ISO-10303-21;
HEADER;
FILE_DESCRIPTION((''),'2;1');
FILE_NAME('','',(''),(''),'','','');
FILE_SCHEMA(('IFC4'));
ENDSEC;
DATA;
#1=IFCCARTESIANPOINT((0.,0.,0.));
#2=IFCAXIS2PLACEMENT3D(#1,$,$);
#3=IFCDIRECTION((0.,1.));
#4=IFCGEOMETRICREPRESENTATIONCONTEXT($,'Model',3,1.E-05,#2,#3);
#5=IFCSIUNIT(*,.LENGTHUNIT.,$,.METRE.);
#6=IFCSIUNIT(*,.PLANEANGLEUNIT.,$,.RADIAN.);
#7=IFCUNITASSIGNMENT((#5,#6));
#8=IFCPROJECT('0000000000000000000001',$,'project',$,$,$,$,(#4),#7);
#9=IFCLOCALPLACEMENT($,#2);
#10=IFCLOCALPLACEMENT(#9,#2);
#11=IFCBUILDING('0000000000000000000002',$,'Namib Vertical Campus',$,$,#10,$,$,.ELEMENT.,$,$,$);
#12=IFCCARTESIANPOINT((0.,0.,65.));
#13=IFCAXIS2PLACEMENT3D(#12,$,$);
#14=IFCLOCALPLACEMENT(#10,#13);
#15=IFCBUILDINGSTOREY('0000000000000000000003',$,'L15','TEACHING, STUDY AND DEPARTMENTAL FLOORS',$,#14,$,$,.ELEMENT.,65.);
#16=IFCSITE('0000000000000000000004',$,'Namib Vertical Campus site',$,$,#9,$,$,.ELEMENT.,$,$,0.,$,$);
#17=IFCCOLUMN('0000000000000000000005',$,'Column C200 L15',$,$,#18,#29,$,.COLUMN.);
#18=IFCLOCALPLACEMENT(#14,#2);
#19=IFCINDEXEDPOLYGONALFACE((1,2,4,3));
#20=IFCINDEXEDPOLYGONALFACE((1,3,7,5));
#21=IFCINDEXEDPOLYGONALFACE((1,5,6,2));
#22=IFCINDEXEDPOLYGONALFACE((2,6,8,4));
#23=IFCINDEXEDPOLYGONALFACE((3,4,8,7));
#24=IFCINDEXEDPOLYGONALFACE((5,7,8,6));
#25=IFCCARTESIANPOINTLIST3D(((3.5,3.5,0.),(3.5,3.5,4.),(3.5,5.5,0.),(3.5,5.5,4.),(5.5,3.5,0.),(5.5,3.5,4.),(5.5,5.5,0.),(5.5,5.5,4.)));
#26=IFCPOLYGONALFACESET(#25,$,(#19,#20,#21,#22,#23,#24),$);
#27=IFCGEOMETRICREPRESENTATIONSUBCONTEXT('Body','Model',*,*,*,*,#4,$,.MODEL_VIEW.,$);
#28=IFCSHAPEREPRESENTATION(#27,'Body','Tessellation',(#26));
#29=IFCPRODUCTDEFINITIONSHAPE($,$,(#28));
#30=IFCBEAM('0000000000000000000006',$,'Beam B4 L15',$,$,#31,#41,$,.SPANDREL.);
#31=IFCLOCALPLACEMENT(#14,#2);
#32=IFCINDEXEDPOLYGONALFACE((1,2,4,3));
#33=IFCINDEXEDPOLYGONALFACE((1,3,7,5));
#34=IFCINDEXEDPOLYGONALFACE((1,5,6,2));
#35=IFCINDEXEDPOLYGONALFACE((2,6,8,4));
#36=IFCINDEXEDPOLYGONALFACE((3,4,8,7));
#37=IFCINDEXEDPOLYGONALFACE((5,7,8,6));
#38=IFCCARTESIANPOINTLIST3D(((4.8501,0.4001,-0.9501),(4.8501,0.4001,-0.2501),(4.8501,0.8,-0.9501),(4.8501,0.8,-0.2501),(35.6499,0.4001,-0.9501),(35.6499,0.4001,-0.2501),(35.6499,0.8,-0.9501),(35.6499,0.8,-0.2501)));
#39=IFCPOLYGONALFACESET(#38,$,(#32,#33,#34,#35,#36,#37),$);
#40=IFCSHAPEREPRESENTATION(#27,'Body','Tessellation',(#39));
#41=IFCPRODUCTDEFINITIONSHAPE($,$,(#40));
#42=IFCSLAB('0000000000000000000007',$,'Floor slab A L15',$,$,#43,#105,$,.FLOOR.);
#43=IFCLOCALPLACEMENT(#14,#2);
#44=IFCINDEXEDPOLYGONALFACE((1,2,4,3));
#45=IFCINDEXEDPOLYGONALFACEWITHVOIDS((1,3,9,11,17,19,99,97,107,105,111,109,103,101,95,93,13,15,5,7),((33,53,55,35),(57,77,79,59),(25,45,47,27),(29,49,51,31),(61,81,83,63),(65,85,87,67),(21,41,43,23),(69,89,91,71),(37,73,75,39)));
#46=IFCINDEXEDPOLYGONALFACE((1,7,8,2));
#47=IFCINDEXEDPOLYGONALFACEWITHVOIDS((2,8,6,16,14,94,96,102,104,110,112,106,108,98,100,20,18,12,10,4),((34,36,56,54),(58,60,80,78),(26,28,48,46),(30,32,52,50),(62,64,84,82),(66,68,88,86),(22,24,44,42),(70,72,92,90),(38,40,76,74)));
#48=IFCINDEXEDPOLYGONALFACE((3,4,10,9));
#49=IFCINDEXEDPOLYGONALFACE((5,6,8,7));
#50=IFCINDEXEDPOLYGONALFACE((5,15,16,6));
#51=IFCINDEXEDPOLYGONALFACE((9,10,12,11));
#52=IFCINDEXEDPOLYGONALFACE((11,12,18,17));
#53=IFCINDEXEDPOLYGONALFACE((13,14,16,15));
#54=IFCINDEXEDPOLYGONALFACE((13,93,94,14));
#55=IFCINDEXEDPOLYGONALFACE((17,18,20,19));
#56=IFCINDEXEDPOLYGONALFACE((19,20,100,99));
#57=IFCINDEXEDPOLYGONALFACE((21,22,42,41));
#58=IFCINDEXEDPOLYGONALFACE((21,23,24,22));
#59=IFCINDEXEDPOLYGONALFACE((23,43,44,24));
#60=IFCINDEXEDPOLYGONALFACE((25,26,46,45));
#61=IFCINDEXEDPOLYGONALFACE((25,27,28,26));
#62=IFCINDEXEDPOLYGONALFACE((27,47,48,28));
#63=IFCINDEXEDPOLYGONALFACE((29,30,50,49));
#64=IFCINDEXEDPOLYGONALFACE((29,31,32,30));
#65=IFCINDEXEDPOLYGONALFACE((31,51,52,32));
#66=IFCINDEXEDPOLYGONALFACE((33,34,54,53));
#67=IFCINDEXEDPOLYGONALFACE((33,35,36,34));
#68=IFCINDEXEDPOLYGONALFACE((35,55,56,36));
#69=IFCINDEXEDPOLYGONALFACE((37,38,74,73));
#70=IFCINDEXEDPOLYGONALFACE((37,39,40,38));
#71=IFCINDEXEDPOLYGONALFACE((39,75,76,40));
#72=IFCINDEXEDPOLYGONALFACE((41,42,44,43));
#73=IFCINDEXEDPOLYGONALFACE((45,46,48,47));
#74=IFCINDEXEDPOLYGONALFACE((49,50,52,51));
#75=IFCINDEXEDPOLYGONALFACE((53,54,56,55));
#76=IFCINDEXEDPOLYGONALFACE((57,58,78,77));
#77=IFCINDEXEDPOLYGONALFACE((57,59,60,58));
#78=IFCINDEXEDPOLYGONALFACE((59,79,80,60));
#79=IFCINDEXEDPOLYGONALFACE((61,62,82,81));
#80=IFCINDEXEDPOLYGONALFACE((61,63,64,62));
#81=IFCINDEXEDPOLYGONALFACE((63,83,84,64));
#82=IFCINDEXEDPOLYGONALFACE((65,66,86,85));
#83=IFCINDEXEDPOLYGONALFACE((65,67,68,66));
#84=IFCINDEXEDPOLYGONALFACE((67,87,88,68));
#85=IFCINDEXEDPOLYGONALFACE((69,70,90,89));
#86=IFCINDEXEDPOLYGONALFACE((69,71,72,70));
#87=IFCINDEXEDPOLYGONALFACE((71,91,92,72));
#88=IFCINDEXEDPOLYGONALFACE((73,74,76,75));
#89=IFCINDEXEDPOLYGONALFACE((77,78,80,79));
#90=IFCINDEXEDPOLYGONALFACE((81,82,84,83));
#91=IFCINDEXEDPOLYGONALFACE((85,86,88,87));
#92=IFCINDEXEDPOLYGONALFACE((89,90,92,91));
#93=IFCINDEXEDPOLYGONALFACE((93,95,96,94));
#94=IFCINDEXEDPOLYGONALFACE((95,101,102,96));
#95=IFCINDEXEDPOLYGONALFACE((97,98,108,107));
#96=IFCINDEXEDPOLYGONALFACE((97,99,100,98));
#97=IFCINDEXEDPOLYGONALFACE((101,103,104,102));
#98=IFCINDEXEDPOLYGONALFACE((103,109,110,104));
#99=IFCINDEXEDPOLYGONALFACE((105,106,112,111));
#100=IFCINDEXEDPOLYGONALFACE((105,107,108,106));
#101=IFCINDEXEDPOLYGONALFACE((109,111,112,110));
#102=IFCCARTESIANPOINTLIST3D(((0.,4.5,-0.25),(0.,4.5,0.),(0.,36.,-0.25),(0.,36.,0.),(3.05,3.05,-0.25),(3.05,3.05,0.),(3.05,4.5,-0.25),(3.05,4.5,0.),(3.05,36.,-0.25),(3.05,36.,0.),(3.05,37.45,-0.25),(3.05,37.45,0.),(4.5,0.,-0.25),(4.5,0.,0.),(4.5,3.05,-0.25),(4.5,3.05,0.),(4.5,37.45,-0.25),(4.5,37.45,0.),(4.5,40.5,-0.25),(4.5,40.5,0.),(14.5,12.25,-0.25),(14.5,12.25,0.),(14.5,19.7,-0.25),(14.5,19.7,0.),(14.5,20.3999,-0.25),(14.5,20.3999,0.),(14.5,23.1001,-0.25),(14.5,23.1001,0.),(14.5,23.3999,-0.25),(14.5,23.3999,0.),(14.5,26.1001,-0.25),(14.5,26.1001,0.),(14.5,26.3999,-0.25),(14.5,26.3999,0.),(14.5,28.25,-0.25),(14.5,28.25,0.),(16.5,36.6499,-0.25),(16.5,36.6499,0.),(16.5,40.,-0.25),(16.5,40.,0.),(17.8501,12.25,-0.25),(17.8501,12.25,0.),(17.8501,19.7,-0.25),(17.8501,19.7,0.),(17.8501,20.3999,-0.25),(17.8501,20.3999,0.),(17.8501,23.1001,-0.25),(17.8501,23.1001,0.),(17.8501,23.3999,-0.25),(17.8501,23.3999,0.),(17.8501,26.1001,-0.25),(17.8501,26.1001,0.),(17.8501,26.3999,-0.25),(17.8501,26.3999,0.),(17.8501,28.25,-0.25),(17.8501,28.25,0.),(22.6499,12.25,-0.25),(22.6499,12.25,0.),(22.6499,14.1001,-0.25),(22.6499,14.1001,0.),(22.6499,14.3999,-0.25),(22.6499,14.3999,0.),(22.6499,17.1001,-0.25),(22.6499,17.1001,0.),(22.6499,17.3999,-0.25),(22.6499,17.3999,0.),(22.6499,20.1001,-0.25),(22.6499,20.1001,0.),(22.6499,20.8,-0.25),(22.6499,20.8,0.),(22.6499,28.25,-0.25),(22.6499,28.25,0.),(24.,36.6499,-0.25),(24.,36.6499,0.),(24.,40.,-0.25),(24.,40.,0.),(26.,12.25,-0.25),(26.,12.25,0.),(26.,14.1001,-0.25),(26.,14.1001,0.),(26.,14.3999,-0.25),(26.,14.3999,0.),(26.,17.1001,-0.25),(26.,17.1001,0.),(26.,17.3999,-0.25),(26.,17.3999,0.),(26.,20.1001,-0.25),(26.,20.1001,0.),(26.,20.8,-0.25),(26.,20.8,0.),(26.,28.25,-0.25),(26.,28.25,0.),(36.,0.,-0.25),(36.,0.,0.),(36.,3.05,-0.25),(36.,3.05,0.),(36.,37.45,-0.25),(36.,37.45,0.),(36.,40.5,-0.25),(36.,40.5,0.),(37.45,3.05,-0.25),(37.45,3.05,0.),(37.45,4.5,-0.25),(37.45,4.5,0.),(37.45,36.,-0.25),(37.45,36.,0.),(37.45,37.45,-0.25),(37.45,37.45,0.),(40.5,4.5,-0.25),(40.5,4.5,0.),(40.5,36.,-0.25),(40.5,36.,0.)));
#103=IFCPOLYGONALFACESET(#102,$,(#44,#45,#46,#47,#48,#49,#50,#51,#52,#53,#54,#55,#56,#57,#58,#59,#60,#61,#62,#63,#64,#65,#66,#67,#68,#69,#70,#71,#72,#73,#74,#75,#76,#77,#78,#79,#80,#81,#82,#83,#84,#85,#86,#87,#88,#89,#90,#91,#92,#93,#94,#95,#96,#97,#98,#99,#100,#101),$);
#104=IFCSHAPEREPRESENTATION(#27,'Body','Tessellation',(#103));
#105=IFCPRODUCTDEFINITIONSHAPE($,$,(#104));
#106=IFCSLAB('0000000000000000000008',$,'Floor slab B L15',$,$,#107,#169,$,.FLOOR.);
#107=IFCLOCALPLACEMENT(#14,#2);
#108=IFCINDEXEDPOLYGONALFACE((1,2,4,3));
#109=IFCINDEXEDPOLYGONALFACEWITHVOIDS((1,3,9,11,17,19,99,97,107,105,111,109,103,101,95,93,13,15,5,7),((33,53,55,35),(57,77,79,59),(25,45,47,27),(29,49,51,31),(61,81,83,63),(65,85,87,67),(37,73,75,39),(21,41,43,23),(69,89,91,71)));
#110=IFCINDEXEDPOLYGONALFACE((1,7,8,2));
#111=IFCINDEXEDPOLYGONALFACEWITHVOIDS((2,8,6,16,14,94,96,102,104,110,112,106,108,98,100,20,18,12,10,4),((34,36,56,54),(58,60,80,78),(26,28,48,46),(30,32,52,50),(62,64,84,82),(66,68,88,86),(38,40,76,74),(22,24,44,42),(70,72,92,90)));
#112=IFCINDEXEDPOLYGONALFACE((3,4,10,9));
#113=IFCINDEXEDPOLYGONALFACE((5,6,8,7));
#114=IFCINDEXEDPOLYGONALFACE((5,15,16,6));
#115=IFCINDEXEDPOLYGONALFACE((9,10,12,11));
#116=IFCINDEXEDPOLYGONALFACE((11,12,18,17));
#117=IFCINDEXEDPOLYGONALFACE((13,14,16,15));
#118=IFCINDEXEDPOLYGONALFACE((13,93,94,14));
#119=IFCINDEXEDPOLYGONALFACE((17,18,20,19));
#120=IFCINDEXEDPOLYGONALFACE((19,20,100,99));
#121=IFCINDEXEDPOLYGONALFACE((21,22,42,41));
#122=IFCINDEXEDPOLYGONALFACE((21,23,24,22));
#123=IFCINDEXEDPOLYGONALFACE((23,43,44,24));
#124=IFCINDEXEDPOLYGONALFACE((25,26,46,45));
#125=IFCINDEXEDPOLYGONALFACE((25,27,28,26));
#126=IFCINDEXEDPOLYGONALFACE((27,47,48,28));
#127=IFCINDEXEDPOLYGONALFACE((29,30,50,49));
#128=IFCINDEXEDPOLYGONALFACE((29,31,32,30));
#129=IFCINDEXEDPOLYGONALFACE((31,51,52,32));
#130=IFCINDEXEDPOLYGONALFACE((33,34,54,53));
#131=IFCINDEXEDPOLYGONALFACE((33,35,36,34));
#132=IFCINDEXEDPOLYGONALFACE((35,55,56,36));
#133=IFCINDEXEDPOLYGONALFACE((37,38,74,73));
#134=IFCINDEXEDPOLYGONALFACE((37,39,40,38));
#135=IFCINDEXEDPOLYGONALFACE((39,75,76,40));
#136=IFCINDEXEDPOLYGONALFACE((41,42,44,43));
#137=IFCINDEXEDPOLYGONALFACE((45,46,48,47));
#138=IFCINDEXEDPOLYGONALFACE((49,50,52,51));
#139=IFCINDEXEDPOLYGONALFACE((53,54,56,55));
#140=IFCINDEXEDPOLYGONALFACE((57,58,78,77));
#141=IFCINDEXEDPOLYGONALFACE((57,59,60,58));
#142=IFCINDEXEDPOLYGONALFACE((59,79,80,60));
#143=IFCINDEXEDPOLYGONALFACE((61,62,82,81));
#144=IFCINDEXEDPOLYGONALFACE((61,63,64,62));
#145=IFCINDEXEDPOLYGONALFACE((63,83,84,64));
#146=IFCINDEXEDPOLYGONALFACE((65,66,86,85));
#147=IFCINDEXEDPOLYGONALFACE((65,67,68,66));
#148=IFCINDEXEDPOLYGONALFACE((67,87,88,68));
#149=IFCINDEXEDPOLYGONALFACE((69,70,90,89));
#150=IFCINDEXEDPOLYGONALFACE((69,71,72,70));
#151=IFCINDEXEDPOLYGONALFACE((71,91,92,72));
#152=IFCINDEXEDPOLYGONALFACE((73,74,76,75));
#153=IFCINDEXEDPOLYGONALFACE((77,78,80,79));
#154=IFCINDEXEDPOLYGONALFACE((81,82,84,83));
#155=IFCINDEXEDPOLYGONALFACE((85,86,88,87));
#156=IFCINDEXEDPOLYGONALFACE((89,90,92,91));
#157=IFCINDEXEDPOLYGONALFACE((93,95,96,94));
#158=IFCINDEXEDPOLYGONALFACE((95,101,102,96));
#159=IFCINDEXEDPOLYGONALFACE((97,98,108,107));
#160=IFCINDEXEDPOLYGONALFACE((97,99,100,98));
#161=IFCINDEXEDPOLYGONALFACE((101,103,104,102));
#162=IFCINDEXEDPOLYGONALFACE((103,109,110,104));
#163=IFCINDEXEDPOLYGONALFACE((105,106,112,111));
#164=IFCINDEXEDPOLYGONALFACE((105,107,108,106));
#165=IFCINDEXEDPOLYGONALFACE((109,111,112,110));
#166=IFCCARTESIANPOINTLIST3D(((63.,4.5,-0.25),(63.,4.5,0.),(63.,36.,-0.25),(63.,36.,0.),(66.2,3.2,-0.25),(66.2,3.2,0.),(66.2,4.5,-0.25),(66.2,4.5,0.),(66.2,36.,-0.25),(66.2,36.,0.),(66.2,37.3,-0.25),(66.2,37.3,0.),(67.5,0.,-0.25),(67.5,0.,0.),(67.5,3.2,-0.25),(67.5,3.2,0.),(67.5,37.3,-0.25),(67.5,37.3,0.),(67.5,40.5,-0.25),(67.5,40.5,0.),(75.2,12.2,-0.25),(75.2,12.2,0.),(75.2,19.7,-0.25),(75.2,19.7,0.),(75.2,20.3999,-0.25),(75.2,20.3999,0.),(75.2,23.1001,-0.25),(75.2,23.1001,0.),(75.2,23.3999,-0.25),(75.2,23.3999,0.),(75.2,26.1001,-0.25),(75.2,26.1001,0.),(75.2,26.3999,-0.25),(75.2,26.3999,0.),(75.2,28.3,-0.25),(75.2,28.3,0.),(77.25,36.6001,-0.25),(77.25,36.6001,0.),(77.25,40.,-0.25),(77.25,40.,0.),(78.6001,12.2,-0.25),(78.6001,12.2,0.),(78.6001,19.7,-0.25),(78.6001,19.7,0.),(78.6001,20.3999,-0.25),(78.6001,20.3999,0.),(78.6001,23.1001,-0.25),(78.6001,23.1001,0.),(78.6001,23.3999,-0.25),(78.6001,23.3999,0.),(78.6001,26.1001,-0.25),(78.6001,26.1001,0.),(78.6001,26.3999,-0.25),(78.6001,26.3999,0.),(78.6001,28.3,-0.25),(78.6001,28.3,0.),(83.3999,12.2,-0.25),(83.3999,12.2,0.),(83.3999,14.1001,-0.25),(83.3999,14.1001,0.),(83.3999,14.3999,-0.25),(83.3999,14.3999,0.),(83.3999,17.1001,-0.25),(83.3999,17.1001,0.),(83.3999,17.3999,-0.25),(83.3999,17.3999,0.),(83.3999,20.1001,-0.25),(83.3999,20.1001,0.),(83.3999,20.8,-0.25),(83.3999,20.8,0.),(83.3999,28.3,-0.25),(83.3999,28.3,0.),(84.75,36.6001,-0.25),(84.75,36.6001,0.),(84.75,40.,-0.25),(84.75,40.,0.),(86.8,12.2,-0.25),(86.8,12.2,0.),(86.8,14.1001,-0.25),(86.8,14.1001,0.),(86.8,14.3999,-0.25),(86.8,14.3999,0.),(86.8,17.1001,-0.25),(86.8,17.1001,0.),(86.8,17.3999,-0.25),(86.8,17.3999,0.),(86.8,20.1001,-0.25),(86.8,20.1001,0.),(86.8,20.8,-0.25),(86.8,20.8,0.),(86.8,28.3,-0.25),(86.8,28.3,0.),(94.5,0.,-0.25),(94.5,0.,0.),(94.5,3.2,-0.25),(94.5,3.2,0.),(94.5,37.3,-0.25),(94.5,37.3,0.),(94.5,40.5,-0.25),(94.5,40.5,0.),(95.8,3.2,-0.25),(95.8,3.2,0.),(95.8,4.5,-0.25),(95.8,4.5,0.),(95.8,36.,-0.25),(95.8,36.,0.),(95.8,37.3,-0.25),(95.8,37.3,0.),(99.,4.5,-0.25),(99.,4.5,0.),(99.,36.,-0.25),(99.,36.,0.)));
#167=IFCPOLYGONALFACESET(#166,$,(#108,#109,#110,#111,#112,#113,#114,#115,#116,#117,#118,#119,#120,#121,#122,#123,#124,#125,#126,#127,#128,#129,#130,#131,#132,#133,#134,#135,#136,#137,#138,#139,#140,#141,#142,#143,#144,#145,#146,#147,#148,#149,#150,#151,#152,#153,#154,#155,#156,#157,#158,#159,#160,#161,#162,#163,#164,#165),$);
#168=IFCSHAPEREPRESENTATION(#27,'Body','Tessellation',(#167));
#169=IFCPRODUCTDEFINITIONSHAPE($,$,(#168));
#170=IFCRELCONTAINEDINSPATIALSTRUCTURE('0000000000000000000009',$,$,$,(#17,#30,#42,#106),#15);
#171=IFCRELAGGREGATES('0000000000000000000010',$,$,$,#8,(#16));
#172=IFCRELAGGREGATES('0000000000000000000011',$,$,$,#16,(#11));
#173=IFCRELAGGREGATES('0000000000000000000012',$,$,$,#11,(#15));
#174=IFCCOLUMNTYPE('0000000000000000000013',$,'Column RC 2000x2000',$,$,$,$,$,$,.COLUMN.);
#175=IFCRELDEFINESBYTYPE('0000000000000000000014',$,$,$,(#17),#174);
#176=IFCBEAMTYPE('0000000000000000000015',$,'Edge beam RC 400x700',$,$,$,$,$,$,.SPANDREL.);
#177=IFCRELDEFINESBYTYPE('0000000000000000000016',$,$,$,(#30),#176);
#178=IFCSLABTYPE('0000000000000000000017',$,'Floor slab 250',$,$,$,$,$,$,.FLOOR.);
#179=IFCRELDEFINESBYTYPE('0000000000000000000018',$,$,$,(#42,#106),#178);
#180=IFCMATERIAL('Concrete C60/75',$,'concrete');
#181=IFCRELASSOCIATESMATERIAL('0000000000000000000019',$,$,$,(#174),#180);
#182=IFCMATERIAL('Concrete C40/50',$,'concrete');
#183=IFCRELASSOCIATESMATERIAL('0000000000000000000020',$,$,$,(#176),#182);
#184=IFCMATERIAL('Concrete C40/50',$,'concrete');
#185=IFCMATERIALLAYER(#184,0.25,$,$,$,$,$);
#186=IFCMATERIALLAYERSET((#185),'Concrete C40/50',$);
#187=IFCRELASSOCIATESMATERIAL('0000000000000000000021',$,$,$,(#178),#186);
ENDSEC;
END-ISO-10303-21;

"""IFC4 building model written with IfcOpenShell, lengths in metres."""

from ifc_helpers import new_model, si_unit, direction, frame, origin, origin_2d, place, context, subcontext, project, spatial, polyline, rectangle, outline, extrude, material, layer, layer_set, material_profile, profile_set, type_object, element, save


model = new_model("IFC4")

# Units and contexts
model_context = context("Model", 3, precision=1e-05, world=origin(), true_north=direction((0.0, 1.0)))
body_context = subcontext(model_context, "Body", "Model", "MODEL_VIEW")
ifc_project = project(units=[si_unit("LENGTHUNIT", "METRE"), si_unit("PLANEANGLEUNIT", "RADIAN")], contexts=[model_context])

# Site, building, storey
site_placement = place(None, origin())
site = spatial("IfcSite", under=ifc_project, at=site_placement, Name="Namib Vertical Campus site", CompositionType="ELEMENT", RefElevation=0.0)
building_placement = place(site_placement, origin())
building = spatial("IfcBuilding", under=site, at=building_placement, Name="Namib Vertical Campus", CompositionType="ELEMENT")
storey_placement = place(building_placement, frame((0.0, 0.0, 65.0)))
storey = spatial("IfcBuildingStorey", under=building, at=storey_placement, Name="L15", Description="TEACHING, STUDY AND DEPARTMENTAL FLOORS", CompositionType="ELEMENT", Elevation=65.0)

# Column
ifc_material_1 = material(Name="Concrete C60/75", Category="concrete")
ifc_material_profile_1 = material_profile(ifc_material_1, rectangle(XDim=2.0, YDim=2.0, at=origin_2d()))
ifc_profile_set_1 = profile_set([ifc_material_profile_1], Name="Concrete C60/75")
column_type = type_object("IfcColumnType", Name="Column RC 2000x2000", PredefinedType="COLUMN", material=ifc_profile_set_1)
column_placement = place(storey_placement, frame((4.5, 4.5, 0.0), z_axis=(0.0, 0.0, 1.0), x_axis=(1.0, 0.0, 0.0)))
element("IfcColumn", 1, at=column_placement, inside=storey, type_object=column_type, Name="Column C200 L15", PredefinedType="COLUMN", context=body_context, shape_type="SweptSolid", body=[
    extrude(rectangle(XDim=2.0, YDim=2.0, at=origin_2d()), origin(), (0.0, 0.0, 1.0), 4.0),
])

# Beam
ifc_material_2 = material(Name="Concrete C40/50", Category="concrete")
ifc_material_profile_2 = material_profile(ifc_material_2, rectangle(XDim=0.3999, YDim=0.7, at=origin_2d()))
ifc_profile_set_2 = profile_set([ifc_material_profile_2], Name="Concrete C40/50")
beam_type = type_object("IfcBeamType", Name="Edge beam RC 400x700", PredefinedType="SPANDREL", material=ifc_profile_set_2)
beam_placement = place(storey_placement, frame((4.8501, 0.6001, -0.6001), z_axis=(1.0, 0.0, 0.0), x_axis=(0.0, 1.0, 0.0)))
element("IfcBeam", 2, at=beam_placement, inside=storey, type_object=beam_type, Name="Beam B4 L15", PredefinedType="SPANDREL", context=body_context, shape_type="SweptSolid", body=[
    extrude(rectangle(XDim=0.3999, YDim=0.7, at=origin_2d()), origin(), (0.0, 0.0, 1.0), 30.7998),
])

# Slabs
ifc_material_3 = material(Name="Concrete C40/50", Category="concrete")
ifc_layer_1 = layer(ifc_material_3, 0.25)
ifc_layer_set_1 = layer_set([ifc_layer_1], Name="Concrete C40/50")
slab_type_1 = type_object("IfcSlabType", Name="Floor slab 250", PredefinedType="FLOOR", material=ifc_layer_set_1)
slab_1_placement = place(storey_placement, frame((0.0, 0.0, -0.25)))
element("IfcSlab", 3, at=slab_1_placement, inside=storey, type_object=slab_type_1, Name="Floor slab A L15", PredefinedType="FLOOR", context=body_context, shape_type="SweptSolid", body=[
    extrude(outline(polyline([(4.5, 0.0), (36.0, 0.0), (36.0, 3.05), (37.45, 3.05), (37.45, 4.5), (40.5, 4.5), (40.5, 36.0), (37.45, 36.0), (37.45, 37.45), (36.0, 37.45), (36.0, 40.5), (4.5, 40.5), (4.5, 37.45), (3.05, 37.45), (3.05, 36.0), (0.0, 36.0), (0.0, 4.5), (3.05, 4.5), (3.05, 3.05), (4.5, 3.05), (4.5, 0.0)]), holes=[polyline([(14.5, 12.25), (17.8501, 12.25), (17.8501, 19.7), (14.5, 19.7), (14.5, 12.25)]), polyline([(22.6499, 20.8), (26.0, 20.8), (26.0, 28.25), (22.6499, 28.25), (22.6499, 20.8)]), polyline([(22.6499, 12.25), (26.0, 12.25), (26.0, 14.1001), (22.6499, 14.1001), (22.6499, 12.25)]), polyline([(14.5, 20.3999), (17.8501, 20.3999), (17.8501, 23.1001), (14.5, 23.1001), (14.5, 20.3999)]), polyline([(14.5, 23.3999), (17.8501, 23.3999), (17.8501, 26.1001), (14.5, 26.1001), (14.5, 23.3999)]), polyline([(14.5, 26.3999), (17.8501, 26.3999), (17.8501, 28.25), (14.5, 28.25), (14.5, 26.3999)]), polyline([(22.6499, 14.3999), (26.0, 14.3999), (26.0, 17.1001), (22.6499, 17.1001), (22.6499, 14.3999)]), polyline([(22.6499, 17.3999), (26.0, 17.3999), (26.0, 20.1001), (22.6499, 20.1001), (22.6499, 17.3999)]), polyline([(16.5, 36.6499), (24.0, 36.6499), (24.0, 40.0), (16.5, 40.0), (16.5, 36.6499)])]), origin(), (0.0, 0.0, 1.0), 0.25),
])
slab_2_placement = place(storey_placement, frame((0.0, 0.0, -0.25)))
element("IfcSlab", 4, at=slab_2_placement, inside=storey, type_object=slab_type_1, Name="Floor slab B L15", PredefinedType="FLOOR", context=body_context, shape_type="SweptSolid", body=[
    extrude(outline(polyline([(67.5, 0.0), (94.5, 0.0), (94.5, 3.2), (95.8, 3.2), (95.8, 4.5), (99.0, 4.5), (99.0, 36.0), (95.8, 36.0), (95.8, 37.3), (94.5, 37.3), (94.5, 40.5), (67.5, 40.5), (67.5, 37.3), (66.2, 37.3), (66.2, 36.0), (63.0, 36.0), (63.0, 4.5), (66.2, 4.5), (66.2, 3.2), (67.5, 3.2), (67.5, 0.0)]), holes=[polyline([(75.2, 12.2), (78.6001, 12.2), (78.6001, 19.7), (75.2, 19.7), (75.2, 12.2)]), polyline([(83.3999, 20.8), (86.8, 20.8), (86.8, 28.3), (83.3999, 28.3), (83.3999, 20.8)]), polyline([(83.3999, 12.2), (86.8, 12.2), (86.8, 14.1001), (83.3999, 14.1001), (83.3999, 12.2)]), polyline([(75.2, 20.3999), (78.6001, 20.3999), (78.6001, 23.1001), (75.2, 23.1001), (75.2, 20.3999)]), polyline([(75.2, 23.3999), (78.6001, 23.3999), (78.6001, 26.1001), (75.2, 26.1001), (75.2, 23.3999)]), polyline([(75.2, 26.3999), (78.6001, 26.3999), (78.6001, 28.3), (75.2, 28.3), (75.2, 26.3999)]), polyline([(83.3999, 14.3999), (86.8, 14.3999), (86.8, 17.1001), (83.3999, 17.1001), (83.3999, 14.3999)]), polyline([(83.3999, 17.3999), (86.8, 17.3999), (86.8, 20.1001), (83.3999, 20.1001), (83.3999, 17.3999)]), polyline([(77.25, 36.6001), (84.75, 36.6001), (84.75, 40.0), (77.25, 40.0), (77.25, 36.6001)])]), origin(), (0.0, 0.0, 1.0), 0.25),
])

save(model, "model.ifc")
